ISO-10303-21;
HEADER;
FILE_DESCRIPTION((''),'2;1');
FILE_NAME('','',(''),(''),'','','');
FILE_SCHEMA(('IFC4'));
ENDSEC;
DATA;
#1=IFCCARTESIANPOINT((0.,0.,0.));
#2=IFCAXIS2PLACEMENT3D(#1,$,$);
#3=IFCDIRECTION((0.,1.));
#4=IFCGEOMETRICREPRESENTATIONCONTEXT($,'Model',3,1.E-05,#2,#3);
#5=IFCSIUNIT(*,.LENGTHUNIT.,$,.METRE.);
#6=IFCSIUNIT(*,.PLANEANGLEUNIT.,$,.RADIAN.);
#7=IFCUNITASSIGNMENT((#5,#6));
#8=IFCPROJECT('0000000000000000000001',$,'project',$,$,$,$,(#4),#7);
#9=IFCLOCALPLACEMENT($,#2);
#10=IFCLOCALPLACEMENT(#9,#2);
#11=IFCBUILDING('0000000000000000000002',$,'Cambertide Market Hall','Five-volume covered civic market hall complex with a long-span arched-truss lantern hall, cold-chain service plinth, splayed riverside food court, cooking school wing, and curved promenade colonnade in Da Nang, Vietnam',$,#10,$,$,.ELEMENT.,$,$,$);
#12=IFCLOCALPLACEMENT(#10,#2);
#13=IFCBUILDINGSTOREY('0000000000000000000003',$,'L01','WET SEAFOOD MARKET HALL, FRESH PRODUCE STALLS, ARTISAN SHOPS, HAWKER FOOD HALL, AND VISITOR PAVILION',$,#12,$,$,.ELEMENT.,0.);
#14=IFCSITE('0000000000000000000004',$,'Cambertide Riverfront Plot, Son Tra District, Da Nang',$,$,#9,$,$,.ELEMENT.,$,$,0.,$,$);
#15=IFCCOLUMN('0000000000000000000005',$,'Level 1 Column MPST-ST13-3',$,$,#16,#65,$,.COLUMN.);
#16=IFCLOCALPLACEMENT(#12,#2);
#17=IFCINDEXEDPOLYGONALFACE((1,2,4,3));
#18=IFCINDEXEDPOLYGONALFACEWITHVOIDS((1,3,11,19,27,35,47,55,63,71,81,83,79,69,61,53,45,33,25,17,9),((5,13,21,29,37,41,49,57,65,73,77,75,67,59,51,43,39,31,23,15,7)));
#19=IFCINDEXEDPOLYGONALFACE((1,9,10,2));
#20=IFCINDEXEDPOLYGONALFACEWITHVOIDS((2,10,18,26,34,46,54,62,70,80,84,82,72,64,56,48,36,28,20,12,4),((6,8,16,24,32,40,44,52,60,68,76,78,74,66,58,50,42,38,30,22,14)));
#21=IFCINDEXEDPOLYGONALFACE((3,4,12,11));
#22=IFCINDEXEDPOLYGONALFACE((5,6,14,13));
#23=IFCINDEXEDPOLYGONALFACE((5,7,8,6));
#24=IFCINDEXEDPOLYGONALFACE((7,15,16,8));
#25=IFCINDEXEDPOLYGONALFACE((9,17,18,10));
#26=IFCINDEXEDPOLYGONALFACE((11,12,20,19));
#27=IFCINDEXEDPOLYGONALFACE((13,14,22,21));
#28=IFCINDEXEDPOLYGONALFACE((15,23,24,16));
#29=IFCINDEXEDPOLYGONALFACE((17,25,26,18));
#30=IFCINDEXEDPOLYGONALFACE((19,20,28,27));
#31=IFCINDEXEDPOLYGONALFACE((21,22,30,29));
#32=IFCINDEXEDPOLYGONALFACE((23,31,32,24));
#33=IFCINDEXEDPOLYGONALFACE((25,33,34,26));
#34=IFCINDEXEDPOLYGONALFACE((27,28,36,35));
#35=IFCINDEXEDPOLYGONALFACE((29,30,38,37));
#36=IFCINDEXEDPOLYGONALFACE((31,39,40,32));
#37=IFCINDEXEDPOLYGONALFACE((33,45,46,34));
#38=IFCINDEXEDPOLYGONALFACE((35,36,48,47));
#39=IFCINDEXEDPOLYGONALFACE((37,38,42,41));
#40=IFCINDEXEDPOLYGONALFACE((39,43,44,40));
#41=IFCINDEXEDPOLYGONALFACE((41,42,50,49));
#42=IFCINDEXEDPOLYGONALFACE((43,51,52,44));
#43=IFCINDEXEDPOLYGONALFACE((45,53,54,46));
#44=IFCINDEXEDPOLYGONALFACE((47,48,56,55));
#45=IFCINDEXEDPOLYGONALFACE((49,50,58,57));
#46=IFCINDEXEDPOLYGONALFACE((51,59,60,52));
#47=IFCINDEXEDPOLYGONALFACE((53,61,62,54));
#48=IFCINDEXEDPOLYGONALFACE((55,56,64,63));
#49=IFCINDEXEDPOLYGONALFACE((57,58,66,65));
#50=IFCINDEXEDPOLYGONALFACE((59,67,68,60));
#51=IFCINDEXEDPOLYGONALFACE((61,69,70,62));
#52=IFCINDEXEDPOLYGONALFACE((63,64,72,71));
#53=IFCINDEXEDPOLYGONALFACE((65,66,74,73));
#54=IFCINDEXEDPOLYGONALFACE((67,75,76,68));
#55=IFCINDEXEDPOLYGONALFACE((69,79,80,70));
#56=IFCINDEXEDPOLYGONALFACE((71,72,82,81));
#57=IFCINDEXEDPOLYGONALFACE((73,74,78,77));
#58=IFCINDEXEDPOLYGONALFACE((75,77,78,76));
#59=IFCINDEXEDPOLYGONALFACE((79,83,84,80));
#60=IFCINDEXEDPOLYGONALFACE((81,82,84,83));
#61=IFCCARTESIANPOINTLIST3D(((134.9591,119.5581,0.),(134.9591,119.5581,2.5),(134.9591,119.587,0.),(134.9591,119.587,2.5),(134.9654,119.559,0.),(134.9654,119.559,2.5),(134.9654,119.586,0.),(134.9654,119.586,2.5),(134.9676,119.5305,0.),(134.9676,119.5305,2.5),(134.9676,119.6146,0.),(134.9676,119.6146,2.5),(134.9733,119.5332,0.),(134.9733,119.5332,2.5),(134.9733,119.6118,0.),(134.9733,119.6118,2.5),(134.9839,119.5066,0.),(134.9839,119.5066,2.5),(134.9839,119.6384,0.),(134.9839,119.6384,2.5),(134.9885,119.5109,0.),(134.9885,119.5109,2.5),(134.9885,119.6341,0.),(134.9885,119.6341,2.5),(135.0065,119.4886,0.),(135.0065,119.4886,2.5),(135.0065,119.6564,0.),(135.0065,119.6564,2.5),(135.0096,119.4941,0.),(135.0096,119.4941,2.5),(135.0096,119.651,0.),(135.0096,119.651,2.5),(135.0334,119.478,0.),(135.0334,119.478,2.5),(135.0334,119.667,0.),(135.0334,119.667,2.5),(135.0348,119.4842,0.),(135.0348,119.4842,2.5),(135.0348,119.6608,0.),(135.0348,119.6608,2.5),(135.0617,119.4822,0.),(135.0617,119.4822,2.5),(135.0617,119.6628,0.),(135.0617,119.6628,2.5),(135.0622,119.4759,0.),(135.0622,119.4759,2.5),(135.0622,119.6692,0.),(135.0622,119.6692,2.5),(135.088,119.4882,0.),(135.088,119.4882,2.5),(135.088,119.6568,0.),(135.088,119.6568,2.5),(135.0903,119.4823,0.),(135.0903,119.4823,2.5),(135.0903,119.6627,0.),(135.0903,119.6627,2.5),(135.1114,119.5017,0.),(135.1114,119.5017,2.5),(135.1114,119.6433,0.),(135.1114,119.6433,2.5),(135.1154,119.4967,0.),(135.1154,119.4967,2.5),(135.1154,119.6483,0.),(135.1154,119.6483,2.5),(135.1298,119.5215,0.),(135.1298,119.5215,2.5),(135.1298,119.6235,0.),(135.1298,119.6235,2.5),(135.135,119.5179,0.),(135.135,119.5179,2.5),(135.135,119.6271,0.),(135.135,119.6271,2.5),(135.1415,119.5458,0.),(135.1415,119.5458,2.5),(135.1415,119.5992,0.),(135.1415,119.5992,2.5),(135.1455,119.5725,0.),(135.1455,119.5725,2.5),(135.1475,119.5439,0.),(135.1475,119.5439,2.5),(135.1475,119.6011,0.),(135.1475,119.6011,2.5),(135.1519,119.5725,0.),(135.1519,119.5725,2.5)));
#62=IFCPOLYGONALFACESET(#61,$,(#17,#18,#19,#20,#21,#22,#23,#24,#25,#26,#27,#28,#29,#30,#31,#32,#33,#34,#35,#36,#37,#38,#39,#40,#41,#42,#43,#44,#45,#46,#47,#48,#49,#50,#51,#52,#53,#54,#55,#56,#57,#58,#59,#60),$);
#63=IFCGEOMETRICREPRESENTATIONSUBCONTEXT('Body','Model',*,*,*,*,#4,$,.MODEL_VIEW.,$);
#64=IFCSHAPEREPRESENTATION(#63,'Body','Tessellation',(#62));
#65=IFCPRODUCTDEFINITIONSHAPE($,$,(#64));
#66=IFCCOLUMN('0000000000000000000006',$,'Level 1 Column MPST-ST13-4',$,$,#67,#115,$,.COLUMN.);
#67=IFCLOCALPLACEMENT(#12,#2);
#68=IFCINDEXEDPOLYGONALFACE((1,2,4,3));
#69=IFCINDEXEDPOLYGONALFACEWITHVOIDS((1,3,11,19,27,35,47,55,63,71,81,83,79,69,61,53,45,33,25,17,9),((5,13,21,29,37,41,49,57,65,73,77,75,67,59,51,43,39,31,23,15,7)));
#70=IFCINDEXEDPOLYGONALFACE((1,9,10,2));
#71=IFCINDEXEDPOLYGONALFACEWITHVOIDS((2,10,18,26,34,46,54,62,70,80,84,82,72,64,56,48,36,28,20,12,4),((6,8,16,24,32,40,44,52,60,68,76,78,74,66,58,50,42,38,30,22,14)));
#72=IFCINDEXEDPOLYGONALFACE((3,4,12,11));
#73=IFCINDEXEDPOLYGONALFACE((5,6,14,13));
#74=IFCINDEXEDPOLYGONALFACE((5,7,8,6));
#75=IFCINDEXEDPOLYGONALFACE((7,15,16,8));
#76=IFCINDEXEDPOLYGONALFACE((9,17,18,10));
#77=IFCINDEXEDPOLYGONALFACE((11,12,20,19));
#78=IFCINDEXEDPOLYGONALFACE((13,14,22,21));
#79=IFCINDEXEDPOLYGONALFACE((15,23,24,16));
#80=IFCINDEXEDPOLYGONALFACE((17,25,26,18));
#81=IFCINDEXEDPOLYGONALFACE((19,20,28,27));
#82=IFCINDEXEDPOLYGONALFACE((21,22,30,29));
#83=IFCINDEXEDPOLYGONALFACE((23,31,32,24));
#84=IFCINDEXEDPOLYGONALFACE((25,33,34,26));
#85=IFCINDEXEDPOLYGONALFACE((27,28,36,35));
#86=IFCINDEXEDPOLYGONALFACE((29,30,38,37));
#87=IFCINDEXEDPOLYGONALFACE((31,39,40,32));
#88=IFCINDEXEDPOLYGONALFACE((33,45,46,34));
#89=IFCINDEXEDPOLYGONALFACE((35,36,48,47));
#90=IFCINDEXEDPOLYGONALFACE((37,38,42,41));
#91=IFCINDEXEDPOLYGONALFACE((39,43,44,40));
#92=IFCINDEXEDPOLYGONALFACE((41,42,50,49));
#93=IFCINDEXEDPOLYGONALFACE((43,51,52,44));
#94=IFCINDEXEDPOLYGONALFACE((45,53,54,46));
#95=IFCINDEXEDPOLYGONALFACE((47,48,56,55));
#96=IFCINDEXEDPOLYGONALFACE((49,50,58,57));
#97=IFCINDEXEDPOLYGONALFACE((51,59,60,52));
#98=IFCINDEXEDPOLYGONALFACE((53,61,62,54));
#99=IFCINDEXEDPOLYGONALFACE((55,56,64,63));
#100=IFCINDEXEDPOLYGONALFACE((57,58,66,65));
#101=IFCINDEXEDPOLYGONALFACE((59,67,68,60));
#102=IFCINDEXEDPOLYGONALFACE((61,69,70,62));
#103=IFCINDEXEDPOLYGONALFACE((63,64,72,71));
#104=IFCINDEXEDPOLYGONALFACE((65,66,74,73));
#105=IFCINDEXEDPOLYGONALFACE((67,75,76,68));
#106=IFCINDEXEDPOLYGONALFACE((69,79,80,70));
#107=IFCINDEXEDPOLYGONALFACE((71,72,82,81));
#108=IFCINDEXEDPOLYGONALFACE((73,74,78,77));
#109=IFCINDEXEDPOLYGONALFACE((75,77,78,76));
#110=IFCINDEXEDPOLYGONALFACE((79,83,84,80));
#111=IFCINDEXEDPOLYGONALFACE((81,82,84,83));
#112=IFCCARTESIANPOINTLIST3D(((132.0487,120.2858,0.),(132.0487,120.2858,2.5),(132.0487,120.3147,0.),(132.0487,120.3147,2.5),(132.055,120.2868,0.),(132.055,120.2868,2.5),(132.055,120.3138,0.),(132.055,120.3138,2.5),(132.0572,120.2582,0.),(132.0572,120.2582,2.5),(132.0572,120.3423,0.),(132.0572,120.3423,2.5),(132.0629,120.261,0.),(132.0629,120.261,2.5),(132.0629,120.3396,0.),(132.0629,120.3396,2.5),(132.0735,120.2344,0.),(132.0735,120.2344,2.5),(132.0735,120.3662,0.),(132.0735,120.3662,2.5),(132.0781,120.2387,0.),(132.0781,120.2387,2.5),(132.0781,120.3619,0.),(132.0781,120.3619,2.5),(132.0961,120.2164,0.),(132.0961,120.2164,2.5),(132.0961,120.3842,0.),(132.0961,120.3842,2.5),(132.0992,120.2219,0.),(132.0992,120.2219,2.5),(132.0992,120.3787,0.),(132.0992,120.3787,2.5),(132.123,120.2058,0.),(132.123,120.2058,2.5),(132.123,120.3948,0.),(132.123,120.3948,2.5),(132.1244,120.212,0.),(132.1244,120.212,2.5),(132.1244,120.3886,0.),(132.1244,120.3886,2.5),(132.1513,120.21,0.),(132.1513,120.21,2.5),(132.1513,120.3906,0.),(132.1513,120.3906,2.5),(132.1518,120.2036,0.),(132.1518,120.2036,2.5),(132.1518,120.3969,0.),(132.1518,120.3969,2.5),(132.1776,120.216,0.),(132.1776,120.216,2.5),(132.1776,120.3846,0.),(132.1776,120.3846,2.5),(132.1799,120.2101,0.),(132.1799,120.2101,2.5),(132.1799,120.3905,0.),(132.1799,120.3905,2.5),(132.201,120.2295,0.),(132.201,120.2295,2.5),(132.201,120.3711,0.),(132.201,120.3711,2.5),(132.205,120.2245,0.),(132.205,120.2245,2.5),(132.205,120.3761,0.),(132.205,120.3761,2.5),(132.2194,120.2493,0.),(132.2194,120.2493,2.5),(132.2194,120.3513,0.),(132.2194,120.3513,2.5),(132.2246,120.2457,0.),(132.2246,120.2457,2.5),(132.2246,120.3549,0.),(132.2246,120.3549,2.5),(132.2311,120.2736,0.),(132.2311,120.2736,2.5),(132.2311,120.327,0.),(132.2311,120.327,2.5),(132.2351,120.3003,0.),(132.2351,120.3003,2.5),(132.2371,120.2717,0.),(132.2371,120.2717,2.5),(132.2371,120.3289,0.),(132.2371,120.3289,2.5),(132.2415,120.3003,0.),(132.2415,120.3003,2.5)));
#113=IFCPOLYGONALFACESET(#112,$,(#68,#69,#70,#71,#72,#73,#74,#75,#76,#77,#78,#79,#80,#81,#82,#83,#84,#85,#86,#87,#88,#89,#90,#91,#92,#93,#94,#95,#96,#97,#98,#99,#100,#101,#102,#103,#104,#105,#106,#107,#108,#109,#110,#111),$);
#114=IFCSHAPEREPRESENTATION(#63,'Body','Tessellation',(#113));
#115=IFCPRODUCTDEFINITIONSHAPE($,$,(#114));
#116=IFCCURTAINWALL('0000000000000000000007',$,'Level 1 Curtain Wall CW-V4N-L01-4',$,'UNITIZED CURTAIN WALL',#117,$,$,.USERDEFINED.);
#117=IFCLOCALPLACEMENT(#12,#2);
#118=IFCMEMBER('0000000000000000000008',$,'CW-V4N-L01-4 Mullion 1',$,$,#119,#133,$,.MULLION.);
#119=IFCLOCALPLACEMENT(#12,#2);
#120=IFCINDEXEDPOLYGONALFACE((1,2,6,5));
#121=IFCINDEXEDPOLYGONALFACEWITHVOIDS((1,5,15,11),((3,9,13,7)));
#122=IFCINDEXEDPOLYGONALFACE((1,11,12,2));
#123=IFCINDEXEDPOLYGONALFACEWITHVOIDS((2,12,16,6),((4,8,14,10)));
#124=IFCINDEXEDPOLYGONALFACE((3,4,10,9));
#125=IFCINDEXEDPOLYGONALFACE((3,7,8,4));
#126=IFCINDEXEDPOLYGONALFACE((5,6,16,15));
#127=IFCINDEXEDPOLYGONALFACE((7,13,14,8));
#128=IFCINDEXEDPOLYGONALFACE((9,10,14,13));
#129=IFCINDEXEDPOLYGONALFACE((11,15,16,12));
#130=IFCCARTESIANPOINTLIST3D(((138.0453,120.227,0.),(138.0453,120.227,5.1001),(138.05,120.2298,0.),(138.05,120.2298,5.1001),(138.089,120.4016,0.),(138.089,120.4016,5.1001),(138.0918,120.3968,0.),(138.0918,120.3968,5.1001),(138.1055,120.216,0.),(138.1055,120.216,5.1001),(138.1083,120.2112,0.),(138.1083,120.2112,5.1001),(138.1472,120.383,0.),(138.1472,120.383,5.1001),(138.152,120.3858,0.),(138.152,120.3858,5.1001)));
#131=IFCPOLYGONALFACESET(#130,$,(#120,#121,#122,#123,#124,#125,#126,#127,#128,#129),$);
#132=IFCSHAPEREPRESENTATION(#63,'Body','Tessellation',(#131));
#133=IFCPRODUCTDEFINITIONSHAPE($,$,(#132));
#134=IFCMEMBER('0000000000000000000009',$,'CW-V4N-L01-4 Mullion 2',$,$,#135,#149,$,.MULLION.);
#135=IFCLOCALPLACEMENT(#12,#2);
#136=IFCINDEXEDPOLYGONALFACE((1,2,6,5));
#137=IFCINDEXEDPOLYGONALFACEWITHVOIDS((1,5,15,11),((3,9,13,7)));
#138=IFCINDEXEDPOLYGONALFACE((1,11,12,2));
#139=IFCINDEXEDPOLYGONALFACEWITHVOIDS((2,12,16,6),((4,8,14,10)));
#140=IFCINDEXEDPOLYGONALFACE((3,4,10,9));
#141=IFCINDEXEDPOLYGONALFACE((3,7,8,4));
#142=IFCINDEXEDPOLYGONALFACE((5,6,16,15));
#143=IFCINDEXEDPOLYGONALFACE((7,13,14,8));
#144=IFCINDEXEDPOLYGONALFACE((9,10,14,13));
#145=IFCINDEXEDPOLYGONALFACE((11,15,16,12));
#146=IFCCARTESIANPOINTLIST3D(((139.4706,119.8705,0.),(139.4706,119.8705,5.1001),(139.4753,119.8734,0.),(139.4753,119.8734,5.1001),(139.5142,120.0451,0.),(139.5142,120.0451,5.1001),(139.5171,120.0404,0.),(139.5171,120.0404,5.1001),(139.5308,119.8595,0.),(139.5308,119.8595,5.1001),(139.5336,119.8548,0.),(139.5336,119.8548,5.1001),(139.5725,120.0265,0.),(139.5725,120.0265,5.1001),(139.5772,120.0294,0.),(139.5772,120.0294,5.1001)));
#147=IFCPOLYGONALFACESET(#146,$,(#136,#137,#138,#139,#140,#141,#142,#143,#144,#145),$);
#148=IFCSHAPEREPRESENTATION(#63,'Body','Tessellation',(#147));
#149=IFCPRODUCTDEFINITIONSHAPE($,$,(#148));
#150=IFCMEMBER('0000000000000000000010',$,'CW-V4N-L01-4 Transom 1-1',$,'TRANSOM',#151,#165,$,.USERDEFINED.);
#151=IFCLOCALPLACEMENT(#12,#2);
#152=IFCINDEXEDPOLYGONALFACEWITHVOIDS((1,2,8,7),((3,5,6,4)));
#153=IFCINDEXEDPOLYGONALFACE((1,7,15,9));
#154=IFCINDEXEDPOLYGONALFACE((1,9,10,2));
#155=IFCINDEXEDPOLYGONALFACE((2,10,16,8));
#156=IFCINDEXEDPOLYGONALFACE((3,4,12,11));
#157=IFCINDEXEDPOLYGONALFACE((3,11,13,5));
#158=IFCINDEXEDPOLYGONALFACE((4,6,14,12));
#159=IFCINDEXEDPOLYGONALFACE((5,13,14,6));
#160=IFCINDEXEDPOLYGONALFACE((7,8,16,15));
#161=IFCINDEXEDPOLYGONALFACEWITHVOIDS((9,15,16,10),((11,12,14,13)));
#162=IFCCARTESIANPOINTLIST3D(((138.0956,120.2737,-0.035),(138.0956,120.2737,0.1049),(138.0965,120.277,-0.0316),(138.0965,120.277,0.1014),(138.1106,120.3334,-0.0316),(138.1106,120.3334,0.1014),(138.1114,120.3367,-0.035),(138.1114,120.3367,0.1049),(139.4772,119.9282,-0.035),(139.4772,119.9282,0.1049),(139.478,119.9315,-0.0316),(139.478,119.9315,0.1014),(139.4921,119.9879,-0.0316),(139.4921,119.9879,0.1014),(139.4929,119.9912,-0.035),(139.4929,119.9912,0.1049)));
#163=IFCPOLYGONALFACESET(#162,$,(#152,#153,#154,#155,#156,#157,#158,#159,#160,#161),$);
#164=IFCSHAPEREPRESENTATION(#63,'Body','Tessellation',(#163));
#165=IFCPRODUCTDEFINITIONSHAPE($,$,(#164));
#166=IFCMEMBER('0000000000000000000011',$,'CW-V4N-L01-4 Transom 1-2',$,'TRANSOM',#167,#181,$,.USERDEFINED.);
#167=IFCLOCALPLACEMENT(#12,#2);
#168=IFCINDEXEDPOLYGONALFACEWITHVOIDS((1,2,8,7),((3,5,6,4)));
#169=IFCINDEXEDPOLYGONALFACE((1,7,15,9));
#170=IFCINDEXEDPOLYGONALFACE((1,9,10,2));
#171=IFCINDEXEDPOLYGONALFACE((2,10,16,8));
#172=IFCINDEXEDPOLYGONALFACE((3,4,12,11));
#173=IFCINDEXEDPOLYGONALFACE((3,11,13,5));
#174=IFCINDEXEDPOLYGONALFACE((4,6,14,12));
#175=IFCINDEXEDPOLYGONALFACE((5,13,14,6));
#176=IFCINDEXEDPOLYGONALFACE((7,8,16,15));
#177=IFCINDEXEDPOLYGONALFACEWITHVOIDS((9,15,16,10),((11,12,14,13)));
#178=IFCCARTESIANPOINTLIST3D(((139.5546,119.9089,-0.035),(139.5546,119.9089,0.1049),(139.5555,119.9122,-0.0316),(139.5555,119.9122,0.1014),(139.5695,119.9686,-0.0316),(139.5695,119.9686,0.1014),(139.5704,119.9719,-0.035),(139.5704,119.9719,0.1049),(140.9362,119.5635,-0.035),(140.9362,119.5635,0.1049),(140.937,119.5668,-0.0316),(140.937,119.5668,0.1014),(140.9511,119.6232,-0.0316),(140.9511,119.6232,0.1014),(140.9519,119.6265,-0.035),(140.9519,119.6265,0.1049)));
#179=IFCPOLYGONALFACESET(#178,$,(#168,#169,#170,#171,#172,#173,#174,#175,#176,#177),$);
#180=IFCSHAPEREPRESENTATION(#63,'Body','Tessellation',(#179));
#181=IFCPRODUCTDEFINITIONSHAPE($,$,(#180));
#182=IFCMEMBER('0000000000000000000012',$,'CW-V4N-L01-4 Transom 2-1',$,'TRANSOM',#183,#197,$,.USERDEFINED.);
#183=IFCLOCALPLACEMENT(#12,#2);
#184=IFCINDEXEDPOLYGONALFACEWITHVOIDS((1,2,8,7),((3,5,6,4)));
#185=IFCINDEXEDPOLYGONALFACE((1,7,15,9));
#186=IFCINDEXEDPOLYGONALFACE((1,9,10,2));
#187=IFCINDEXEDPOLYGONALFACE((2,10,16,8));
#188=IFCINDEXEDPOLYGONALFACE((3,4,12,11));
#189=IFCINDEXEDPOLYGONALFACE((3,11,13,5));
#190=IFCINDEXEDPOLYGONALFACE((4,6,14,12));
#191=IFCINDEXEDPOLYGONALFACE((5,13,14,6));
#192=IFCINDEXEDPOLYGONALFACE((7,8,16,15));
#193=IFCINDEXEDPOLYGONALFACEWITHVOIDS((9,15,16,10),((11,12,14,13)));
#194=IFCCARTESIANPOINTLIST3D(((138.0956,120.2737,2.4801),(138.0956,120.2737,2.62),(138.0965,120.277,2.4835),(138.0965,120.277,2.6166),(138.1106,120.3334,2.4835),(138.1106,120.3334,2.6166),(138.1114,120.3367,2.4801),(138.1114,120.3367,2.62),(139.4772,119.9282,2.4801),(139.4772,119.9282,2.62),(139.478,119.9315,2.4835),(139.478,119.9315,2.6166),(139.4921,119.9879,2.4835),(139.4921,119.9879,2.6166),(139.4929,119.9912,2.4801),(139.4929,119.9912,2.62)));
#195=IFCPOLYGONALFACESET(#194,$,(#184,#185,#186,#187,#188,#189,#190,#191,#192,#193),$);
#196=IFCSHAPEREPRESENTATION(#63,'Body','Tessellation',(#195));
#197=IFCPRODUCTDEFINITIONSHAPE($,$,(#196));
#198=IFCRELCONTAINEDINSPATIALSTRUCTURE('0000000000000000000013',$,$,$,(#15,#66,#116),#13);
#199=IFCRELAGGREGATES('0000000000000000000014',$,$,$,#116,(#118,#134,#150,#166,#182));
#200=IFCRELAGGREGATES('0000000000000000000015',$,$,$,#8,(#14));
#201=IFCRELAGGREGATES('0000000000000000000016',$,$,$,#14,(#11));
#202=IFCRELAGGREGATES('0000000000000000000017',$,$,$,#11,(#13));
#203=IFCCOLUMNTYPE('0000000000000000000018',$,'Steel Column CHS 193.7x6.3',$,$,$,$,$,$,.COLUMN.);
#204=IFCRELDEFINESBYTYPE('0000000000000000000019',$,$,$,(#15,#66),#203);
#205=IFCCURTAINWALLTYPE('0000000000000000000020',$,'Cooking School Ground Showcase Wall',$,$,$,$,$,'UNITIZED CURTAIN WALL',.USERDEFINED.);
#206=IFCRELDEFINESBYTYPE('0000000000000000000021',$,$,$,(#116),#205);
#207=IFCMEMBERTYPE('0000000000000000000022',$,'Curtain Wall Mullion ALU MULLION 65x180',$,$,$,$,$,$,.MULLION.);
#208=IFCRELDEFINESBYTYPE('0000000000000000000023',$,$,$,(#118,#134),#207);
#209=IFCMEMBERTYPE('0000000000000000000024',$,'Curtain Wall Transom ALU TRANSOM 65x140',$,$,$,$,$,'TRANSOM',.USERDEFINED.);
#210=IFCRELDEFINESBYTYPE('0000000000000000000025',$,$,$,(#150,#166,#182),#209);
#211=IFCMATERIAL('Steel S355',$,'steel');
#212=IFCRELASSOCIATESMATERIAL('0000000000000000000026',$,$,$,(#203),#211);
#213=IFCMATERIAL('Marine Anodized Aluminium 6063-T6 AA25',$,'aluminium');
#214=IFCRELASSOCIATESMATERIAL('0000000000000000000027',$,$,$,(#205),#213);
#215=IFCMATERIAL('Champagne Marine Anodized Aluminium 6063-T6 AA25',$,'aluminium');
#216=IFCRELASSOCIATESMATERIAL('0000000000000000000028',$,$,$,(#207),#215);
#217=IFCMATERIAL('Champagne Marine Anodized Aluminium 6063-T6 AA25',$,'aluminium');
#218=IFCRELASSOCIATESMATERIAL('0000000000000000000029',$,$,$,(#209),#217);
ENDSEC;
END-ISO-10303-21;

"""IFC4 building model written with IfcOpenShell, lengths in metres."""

from ifc_helpers import new_model, si_unit, direction, frame, origin, origin_2d, place, context, subcontext, project, spatial, hollow_rectangle, hollow_circle, extrude, material, material_profile, profile_set, type_object, element, aggregate, save


model = new_model("IFC4")

# Units and contexts
model_context = context("Model", 3, precision=1e-05, world=origin(), true_north=direction((0.0, 1.0)))
body_context = subcontext(model_context, "Body", "Model", "MODEL_VIEW")
ifc_project = project(units=[si_unit("LENGTHUNIT", "METRE"), si_unit("PLANEANGLEUNIT", "RADIAN")], contexts=[model_context])

# Site, building, storey
site_placement = place(None, origin())
site = spatial("IfcSite", under=ifc_project, at=site_placement, Name="Cambertide Riverfront Plot, Son Tra District, Da Nang", CompositionType="ELEMENT", RefElevation=0.0)
building_placement = place(site_placement, origin())
building = spatial("IfcBuilding", under=site, at=building_placement, Name="Cambertide Market Hall", Description="Five-volume covered civic market hall complex with a long-span arched-truss lantern hall, cold-chain service plinth, splayed riverside food court, cooking school wing, and curved promenade colonnade in Da Nang, Vietnam", CompositionType="ELEMENT")
storey_placement = place(building_placement, origin())
storey = spatial("IfcBuildingStorey", under=building, at=storey_placement, Name="L01", Description="WET SEAFOOD MARKET HALL, FRESH PRODUCE STALLS, ARTISAN SHOPS, HAWKER FOOD HALL, AND VISITOR PAVILION", CompositionType="ELEMENT", Elevation=0.0)

# Columns
ifc_material_1 = material(Name="Steel S355", Category="steel")
ifc_material_profile_1 = material_profile(ifc_material_1, hollow_circle(Radius=0.0969, WallThickness=0.0063, at=origin_2d()), Name="CHS 193.7x6.3")
ifc_profile_set_1 = profile_set([ifc_material_profile_1], Name="Steel S355")
column_type_1 = type_object("IfcColumnType", Name="Steel Column CHS 193.7x6.3", PredefinedType="COLUMN", material=ifc_profile_set_1)
for number, where, z_axis, x_axis, name in (
    (1, (135.0549, 119.5725, 0.0), (0.0, 0.0, 1.0), (1.0, 0.0, 0.0), "Level 1 Column MPST-ST13-3"),
    (2, (132.1445, 120.3003, 0.0), (0.0, 0.0, 1.0), (1.0, 0.0, 0.0), "Level 1 Column MPST-ST13-4"),
):
    element("IfcColumn", number, at=place(storey_placement, frame(where, z_axis=z_axis, x_axis=x_axis)), inside=storey, type_object=column_type_1, Name=name, PredefinedType="COLUMN", context=body_context, shape_type="SweptSolid", body=[
        extrude(hollow_circle(Radius=0.0969, WallThickness=0.0063, at=origin_2d()), origin(), (0.0, 0.0, 1.0), 2.5),
    ])

# Curtain wall, members
ifc_material_2 = material(Name="Marine Anodized Aluminium 6063-T6 AA25", Category="aluminium")
curtain_wall_type = type_object("IfcCurtainWallType", Name="Cooking School Ground Showcase Wall", ElementType="UNITIZED CURTAIN WALL", PredefinedType="USERDEFINED", material=ifc_material_2)
curtain_wall_placement = place(storey_placement, origin())
curtain_wall = element("IfcCurtainWall", 3, at=curtain_wall_placement, inside=storey, type_object=curtain_wall_type, Name="Level 1 Curtain Wall CW-V4N-L01-4", ObjectType="UNITIZED CURTAIN WALL", PredefinedType="USERDEFINED")
ifc_material_3 = material(Name="Champagne Marine Anodized Aluminium 6063-T6 AA25", Category="aluminium")
ifc_material_profile_2 = material_profile(ifc_material_3, hollow_rectangle(XDim=0.0649, YDim=0.1799, WallThickness=0.0039, at=origin_2d()), Name="ALU MULLION 65x180")
ifc_profile_set_2 = profile_set([ifc_material_profile_2], Name="Champagne Marine Anodized Aluminium 6063-T6 AA25")
member_type_1 = type_object("IfcMemberType", Name="Curtain Wall Mullion ALU MULLION 65x180", PredefinedType="MULLION", material=ifc_profile_set_2)
member_1_placement = place(storey_placement, frame((138.0986, 120.3064, 0.0), z_axis=(0.0, 0.0, 1.0), x_axis=(0.970143, -0.242536, 0.0)))
member_1 = element("IfcMember", 4, at=member_1_placement, type_object=member_type_1, Name="CW-V4N-L01-4 Mullion 1", PredefinedType="MULLION", context=body_context, shape_type="SweptSolid", body=[
    extrude(hollow_rectangle(XDim=0.0649, YDim=0.1799, WallThickness=0.0039, at=origin_2d()), origin(), (0.0, 0.0, 1.0), 5.1001),
])
member_2_placement = place(storey_placement, frame((139.5239, 119.95, 0.0), z_axis=(0.0, 0.0, 1.0), x_axis=(0.970143, -0.242536, 0.0)))
member_2 = element("IfcMember", 5, at=member_2_placement, type_object=member_type_1, Name="CW-V4N-L01-4 Mullion 2", PredefinedType="MULLION", context=body_context, shape_type="SweptSolid", body=[
    extrude(hollow_rectangle(XDim=0.0649, YDim=0.1799, WallThickness=0.0039, at=origin_2d()), origin(), (0.0, 0.0, 1.0), 5.1001),
])
ifc_material_4 = material(Name="Champagne Marine Anodized Aluminium 6063-T6 AA25", Category="aluminium")
ifc_material_profile_3 = material_profile(ifc_material_4, hollow_rectangle(XDim=0.0649, YDim=0.1399, WallThickness=0.0034, at=origin_2d()), Name="ALU TRANSOM 65x140")
ifc_profile_set_3 = profile_set([ifc_material_profile_3], Name="Champagne Marine Anodized Aluminium 6063-T6 AA25")
member_type_2 = type_object("IfcMemberType", Name="Curtain Wall Transom ALU TRANSOM 65x140", ElementType="TRANSOM", PredefinedType="USERDEFINED", material=ifc_profile_set_3)
member_3_placement = place(storey_placement, frame((138.1035, 120.3052, 0.0349), z_axis=(0.970132, -0.242576, 0.0), x_axis=(0.242576, 0.970132, 0.0)))
member_3 = element("IfcMember", 6, at=member_3_placement, type_object=member_type_2, Name="CW-V4N-L01-4 Transom 1-1", ObjectType="TRANSOM", PredefinedType="USERDEFINED", context=body_context, shape_type="SweptSolid", body=[
    extrude(hollow_rectangle(XDim=0.0649, YDim=0.1399, WallThickness=0.0034, at=origin_2d()), origin(), (0.0, 0.0, 1.0), 1.4241),
])
member_4_placement = place(storey_placement, frame((139.5625, 119.9404, 0.0349), z_axis=(0.970132, -0.242576, 0.0), x_axis=(0.242576, 0.970132, 0.0)))
member_4 = element("IfcMember", 7, at=member_4_placement, type_object=member_type_2, Name="CW-V4N-L01-4 Transom 1-2", ObjectType="TRANSOM", PredefinedType="USERDEFINED", context=body_context, shape_type="SweptSolid", body=[
    extrude(hollow_rectangle(XDim=0.0649, YDim=0.1399, WallThickness=0.0034, at=origin_2d()), origin(), (0.0, 0.0, 1.0), 1.4241),
])
member_5_placement = place(storey_placement, frame((138.1035, 120.3052, 2.55), z_axis=(0.970132, -0.242576, 0.0), x_axis=(0.242576, 0.970132, 0.0)))
member_5 = element("IfcMember", 8, at=member_5_placement, type_object=member_type_2, Name="CW-V4N-L01-4 Transom 2-1", ObjectType="TRANSOM", PredefinedType="USERDEFINED", context=body_context, shape_type="SweptSolid", body=[
    extrude(hollow_rectangle(XDim=0.0649, YDim=0.1399, WallThickness=0.0034, at=origin_2d()), origin(), (0.0, 0.0, 1.0), 1.4241),
])

aggregate(curtain_wall, [member_1, member_2, member_3, member_4, member_5])

save(model, "model.ifc")
